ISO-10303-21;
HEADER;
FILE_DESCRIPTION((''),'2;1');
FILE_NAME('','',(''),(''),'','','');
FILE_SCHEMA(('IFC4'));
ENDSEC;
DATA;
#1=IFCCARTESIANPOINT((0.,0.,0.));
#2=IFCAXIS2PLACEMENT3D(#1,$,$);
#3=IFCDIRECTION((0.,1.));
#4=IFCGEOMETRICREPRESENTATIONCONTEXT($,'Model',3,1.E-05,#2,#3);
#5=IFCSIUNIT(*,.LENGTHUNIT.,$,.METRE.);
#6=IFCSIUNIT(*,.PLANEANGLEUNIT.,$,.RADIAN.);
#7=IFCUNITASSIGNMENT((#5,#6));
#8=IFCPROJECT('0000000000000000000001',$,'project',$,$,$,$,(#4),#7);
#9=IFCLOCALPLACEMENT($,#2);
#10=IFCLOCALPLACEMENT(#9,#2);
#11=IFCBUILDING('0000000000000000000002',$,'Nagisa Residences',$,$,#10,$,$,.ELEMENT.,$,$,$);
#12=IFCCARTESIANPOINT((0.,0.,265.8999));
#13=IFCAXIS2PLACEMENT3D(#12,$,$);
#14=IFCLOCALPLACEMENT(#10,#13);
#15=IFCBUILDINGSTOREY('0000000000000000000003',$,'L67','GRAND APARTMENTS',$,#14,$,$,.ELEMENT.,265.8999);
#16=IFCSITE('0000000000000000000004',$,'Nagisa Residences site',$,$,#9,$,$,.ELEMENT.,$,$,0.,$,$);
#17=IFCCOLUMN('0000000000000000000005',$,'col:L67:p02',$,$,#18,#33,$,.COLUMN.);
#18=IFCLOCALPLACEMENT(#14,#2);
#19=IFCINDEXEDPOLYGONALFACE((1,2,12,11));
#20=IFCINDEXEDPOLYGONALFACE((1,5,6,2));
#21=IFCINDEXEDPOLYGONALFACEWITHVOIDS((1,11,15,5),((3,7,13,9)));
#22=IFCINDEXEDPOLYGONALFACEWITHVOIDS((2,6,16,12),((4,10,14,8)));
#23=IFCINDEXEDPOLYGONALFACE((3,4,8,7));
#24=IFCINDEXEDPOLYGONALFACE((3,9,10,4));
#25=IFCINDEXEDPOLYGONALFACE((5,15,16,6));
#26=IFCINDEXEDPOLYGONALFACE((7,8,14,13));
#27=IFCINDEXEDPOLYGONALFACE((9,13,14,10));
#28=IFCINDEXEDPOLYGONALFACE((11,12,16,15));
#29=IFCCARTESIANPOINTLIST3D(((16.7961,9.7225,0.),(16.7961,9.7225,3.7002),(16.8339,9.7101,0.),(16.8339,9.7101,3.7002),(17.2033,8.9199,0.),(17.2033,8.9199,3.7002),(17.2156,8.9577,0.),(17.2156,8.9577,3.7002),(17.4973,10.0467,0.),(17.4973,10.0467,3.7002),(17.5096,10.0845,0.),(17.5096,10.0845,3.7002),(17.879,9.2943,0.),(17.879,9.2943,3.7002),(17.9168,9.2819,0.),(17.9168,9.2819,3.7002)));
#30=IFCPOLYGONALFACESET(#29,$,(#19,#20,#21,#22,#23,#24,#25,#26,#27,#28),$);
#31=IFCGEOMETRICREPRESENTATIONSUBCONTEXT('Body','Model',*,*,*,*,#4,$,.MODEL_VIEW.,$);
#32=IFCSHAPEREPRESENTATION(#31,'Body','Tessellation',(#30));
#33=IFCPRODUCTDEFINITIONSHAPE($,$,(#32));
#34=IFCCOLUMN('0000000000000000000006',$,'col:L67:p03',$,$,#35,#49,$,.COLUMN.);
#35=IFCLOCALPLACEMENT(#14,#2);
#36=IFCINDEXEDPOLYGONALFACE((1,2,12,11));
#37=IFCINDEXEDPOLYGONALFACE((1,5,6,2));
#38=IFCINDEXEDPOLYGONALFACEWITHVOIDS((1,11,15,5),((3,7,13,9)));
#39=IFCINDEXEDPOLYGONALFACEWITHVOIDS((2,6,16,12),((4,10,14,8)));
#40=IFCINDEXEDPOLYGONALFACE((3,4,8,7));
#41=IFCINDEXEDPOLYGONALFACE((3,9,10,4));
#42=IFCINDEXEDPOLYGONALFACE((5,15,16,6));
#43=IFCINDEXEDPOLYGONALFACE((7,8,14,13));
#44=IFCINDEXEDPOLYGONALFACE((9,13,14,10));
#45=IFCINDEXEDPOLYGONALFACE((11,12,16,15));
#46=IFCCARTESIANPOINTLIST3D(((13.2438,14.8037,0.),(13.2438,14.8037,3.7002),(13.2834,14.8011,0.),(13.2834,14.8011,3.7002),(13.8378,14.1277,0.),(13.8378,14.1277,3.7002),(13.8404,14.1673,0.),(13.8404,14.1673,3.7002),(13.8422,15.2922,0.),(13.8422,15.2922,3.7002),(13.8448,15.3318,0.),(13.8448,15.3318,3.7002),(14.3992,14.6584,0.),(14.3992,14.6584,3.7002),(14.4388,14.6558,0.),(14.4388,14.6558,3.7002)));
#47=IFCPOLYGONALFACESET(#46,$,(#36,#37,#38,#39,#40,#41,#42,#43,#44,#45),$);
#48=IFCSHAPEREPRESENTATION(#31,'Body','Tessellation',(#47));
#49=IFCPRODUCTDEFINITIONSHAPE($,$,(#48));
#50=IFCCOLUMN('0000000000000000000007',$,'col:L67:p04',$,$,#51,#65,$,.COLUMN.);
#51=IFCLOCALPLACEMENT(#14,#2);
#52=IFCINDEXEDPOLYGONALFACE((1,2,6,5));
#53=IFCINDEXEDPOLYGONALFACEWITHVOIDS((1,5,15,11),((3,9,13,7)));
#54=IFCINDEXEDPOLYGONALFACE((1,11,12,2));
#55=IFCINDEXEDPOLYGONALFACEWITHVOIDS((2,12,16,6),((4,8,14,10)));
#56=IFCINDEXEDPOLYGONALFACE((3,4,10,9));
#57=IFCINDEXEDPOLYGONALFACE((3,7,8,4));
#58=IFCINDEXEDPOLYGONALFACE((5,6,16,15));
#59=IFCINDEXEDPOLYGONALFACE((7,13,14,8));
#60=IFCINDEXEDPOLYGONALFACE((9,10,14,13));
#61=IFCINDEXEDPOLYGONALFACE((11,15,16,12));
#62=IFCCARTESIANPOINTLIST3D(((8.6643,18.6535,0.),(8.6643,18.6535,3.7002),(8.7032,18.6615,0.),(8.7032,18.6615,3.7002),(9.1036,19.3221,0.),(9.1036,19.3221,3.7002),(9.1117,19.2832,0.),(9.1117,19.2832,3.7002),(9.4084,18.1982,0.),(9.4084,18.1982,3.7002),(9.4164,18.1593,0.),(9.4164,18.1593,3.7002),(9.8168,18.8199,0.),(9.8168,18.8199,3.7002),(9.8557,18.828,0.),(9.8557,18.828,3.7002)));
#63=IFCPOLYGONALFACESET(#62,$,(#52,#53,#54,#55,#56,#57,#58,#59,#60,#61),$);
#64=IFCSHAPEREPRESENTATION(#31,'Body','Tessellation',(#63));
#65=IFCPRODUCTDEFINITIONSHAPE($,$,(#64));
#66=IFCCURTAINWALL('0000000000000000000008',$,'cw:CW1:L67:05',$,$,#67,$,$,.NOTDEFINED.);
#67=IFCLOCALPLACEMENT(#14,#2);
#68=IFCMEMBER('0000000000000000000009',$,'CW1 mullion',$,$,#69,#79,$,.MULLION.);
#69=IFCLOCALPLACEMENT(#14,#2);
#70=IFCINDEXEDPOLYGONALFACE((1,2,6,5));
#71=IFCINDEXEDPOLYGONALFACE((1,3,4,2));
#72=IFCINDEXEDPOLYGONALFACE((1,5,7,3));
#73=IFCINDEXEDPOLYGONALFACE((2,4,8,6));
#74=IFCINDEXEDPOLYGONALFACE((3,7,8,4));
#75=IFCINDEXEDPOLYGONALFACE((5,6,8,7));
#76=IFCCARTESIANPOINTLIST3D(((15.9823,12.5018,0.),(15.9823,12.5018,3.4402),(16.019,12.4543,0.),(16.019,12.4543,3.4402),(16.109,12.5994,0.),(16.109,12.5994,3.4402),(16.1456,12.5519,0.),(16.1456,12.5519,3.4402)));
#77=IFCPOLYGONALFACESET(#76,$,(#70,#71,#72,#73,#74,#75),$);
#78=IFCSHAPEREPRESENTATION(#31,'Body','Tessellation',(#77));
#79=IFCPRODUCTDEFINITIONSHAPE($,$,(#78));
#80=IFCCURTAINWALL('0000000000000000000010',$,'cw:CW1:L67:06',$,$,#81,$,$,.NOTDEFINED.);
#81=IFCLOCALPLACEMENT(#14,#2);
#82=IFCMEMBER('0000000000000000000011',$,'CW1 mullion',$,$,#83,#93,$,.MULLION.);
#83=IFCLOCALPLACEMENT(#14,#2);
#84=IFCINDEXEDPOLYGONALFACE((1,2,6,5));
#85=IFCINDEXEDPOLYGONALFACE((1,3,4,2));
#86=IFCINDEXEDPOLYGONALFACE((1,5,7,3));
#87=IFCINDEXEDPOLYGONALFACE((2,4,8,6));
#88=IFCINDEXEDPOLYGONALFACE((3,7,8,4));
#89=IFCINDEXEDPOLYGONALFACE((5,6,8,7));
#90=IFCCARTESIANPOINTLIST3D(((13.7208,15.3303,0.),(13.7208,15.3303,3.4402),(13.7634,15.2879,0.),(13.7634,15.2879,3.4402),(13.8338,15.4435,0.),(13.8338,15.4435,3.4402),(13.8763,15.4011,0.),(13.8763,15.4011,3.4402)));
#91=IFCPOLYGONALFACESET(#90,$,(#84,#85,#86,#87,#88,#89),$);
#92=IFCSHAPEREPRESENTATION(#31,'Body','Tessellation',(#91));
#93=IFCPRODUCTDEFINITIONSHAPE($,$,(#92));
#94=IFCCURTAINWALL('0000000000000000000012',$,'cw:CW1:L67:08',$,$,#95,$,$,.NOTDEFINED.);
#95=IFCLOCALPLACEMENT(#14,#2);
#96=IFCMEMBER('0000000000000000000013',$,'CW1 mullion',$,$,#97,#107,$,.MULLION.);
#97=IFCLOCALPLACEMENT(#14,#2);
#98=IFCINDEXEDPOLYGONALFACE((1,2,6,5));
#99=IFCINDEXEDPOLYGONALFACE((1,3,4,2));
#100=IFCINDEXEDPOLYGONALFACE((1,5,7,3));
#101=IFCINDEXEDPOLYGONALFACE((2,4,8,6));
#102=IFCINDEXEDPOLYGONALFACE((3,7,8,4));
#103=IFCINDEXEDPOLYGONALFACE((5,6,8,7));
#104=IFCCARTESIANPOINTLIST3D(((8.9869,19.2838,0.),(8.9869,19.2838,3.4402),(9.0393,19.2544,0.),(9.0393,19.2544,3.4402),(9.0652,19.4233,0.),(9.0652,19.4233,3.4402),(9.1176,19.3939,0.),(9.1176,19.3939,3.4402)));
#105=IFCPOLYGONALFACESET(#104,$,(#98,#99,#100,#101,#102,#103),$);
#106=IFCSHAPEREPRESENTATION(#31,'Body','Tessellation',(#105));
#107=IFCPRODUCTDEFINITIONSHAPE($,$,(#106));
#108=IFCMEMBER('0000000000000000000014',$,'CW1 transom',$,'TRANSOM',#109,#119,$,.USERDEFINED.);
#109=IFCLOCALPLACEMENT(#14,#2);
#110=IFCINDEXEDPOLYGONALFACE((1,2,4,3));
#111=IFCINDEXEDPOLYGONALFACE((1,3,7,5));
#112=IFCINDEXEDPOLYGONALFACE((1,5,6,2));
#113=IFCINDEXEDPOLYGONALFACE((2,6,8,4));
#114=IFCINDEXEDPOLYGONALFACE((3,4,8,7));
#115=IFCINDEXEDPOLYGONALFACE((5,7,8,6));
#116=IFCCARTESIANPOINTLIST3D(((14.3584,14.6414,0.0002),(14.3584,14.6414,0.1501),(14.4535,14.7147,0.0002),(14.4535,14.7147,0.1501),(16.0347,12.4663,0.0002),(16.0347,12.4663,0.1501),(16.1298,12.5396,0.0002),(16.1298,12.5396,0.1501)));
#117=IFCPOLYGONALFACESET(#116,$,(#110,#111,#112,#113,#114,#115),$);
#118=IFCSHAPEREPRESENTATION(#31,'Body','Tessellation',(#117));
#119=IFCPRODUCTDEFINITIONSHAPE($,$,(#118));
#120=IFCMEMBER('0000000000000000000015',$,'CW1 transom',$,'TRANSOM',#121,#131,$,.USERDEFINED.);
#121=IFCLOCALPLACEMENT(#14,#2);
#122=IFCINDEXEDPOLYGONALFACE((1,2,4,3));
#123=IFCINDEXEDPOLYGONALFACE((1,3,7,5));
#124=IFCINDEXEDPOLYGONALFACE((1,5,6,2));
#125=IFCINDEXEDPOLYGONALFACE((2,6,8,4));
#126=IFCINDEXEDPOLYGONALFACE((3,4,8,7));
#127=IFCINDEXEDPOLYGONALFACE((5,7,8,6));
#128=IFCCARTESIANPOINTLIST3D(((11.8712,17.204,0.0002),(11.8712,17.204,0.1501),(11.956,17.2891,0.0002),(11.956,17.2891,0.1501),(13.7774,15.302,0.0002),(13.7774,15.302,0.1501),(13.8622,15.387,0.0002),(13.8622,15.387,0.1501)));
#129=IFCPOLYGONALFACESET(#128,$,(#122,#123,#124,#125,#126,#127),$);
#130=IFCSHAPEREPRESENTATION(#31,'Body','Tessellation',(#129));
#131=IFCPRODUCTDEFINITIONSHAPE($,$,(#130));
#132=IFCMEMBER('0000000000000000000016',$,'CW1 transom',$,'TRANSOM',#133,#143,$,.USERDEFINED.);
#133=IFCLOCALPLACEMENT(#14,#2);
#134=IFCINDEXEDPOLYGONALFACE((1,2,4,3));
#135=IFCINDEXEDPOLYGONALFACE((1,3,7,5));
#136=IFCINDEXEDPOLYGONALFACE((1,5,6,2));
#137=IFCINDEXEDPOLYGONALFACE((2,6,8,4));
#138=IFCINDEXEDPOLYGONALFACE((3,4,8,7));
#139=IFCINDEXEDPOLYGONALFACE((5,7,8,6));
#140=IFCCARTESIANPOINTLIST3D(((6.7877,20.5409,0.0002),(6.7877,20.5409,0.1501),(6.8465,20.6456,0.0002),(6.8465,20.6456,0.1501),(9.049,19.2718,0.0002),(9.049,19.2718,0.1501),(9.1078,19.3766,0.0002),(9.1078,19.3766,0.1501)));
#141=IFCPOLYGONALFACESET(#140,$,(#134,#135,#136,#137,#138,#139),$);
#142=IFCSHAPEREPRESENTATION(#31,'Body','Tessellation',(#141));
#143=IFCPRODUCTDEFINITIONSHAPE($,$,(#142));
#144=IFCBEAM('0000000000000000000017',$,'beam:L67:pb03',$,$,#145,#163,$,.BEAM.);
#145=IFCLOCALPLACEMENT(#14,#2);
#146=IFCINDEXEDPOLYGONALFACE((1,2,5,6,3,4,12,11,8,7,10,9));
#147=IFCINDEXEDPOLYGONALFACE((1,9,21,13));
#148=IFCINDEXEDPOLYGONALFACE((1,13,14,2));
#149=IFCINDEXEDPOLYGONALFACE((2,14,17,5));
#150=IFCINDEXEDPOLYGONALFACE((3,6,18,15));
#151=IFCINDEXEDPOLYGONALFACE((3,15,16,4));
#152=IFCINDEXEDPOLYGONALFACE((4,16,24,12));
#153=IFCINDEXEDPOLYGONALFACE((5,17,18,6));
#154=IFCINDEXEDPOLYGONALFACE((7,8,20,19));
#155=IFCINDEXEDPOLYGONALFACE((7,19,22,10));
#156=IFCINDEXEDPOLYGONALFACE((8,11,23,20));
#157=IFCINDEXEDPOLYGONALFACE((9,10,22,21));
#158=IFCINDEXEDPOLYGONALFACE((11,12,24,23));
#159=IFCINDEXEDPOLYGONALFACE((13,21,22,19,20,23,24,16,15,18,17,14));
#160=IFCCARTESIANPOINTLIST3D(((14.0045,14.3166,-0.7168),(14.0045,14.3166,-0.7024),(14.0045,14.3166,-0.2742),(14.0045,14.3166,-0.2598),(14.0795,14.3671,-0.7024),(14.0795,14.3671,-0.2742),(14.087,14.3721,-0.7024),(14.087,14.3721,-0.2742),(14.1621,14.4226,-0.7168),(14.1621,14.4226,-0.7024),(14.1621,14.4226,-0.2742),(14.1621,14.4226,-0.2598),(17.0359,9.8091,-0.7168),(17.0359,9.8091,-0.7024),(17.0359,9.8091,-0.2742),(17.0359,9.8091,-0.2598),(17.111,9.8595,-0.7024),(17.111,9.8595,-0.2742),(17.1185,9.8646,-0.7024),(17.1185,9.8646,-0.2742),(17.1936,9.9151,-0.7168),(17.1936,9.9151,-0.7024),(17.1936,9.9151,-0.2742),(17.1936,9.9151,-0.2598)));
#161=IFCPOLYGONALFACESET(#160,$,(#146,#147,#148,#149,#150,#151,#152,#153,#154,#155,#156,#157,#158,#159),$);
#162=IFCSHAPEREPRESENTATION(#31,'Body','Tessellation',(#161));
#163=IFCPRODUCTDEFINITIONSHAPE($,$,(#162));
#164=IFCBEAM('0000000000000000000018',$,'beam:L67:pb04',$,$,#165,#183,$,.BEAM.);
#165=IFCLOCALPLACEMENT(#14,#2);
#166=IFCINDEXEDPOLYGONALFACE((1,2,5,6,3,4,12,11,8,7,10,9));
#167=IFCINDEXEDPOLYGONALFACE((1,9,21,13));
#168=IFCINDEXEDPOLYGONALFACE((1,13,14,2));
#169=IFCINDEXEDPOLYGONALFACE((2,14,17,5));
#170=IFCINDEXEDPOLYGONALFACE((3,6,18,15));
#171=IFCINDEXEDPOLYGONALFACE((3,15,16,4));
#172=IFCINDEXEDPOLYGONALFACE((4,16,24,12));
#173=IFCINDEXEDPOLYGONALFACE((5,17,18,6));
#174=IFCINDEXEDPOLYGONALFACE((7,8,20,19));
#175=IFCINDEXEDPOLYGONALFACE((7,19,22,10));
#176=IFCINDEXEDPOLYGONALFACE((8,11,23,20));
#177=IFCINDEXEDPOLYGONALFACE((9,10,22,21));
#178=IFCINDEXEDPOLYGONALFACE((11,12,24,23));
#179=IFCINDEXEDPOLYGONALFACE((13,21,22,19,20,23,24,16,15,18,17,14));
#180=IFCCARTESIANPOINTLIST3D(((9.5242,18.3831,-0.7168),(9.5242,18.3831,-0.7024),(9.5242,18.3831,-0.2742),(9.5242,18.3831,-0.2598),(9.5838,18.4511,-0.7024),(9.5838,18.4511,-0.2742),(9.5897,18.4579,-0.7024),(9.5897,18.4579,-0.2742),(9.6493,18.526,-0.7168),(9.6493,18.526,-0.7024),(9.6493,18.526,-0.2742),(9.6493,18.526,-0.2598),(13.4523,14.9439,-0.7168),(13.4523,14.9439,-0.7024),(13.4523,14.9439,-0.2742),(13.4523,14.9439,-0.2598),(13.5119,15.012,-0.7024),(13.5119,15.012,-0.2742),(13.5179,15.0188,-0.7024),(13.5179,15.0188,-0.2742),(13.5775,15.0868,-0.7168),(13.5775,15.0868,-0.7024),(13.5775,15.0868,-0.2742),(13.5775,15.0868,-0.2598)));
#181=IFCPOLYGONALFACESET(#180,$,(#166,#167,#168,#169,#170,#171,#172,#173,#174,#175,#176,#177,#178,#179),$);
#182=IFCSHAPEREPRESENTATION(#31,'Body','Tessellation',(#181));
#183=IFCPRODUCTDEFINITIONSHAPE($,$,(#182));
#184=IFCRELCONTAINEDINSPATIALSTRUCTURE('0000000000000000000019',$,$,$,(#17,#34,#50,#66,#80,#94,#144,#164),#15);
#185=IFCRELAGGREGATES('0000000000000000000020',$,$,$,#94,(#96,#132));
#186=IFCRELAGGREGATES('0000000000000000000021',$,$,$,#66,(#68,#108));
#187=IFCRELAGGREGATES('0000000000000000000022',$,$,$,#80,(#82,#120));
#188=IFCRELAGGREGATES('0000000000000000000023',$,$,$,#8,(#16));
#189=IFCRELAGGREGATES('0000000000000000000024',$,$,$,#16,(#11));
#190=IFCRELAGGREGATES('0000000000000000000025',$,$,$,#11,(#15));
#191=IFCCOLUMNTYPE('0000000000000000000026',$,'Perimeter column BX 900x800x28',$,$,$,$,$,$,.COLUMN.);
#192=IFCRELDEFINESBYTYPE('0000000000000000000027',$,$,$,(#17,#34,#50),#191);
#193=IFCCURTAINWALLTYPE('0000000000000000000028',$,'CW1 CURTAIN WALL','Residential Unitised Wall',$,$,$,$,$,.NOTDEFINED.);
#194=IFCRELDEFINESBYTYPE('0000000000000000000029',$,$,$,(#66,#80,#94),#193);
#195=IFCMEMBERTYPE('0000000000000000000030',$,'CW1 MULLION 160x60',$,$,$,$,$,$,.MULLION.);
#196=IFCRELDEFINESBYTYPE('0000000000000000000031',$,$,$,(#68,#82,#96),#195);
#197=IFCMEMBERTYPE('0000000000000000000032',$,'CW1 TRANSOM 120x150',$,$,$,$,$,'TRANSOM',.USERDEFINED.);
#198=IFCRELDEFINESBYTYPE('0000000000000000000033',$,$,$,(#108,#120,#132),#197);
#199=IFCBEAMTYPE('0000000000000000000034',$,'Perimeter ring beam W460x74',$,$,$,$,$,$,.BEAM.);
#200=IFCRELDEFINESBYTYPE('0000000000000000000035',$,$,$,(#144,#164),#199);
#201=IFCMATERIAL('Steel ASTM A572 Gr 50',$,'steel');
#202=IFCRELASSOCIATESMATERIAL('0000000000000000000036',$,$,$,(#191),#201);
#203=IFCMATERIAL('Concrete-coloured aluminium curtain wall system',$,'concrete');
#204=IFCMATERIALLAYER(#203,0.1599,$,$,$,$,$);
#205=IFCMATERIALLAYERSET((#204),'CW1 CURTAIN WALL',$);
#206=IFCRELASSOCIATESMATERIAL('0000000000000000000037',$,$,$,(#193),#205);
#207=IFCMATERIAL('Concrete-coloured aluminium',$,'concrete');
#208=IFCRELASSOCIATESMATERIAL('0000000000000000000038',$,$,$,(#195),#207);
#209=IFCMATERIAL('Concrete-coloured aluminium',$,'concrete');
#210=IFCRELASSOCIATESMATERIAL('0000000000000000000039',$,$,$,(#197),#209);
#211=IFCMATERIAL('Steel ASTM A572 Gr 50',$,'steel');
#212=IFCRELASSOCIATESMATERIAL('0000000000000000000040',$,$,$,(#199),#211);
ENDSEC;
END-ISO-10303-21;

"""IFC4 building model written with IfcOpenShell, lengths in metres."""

from ifc_helpers import new_model, si_unit, direction, frame, origin, origin_2d, place, context, subcontext, project, spatial, rectangle, hollow_rectangle, i_section, extrude, material, layer, layer_set, material_profile, profile_set, type_object, element, aggregate, save


model = new_model("IFC4")

# Units and contexts
model_context = context("Model", 3, precision=1e-05, world=origin(), true_north=direction((0.0, 1.0)))
body_context = subcontext(model_context, "Body", "Model", "MODEL_VIEW")
ifc_project = project(units=[si_unit("LENGTHUNIT", "METRE"), si_unit("PLANEANGLEUNIT", "RADIAN")], contexts=[model_context])

# Site, building, storey
site_placement = place(None, origin())
site = spatial("IfcSite", under=ifc_project, at=site_placement, Name="Nagisa Residences site", CompositionType="ELEMENT", RefElevation=0.0)
building_placement = place(site_placement, origin())
building = spatial("IfcBuilding", under=site, at=building_placement, Name="Nagisa Residences", CompositionType="ELEMENT")
storey_placement = place(building_placement, frame((0.0, 0.0, 265.8999)))
storey = spatial("IfcBuildingStorey", under=building, at=storey_placement, Name="L67", Description="GRAND APARTMENTS", CompositionType="ELEMENT", Elevation=265.8999)

# Columns
ifc_material_1 = material(Name="Steel ASTM A572 Gr 50", Category="steel")
ifc_material_profile_1 = material_profile(ifc_material_1, hollow_rectangle(XDim=0.8999, YDim=0.8, WallThickness=0.0281, at=origin_2d()), Name="BX 900x800x28")
ifc_profile_set_1 = profile_set([ifc_material_profile_1], Name="Steel ASTM A572 Gr 50")
column_type = type_object("IfcColumnType", Name="Perimeter column BX 900x800x28", PredefinedType="COLUMN", material=ifc_profile_set_1)
for number, where, z_axis, x_axis, name in (
    (1, (17.3564, 9.5022, 0.0), (0.0, 0.0, 1.0), (-0.452463, 0.891783, 0.0), "col:L67:p02"),
    (2, (13.8413, 14.7297, 0.0), (0.0, 0.0, 1.0), (-0.660115, 0.751165, 0.0), "col:L67:p03"),
    (3, (9.26, 18.7407, 0.0), (0.0, 0.0, 1.0), (-0.835766, 0.549086, 0.0), "col:L67:p04"),
):
    element("IfcColumn", number, at=place(storey_placement, frame(where, z_axis=z_axis, x_axis=x_axis)), inside=storey, type_object=column_type, Name=name, PredefinedType="COLUMN", context=body_context, shape_type="SweptSolid", body=[
        extrude(hollow_rectangle(XDim=0.8999, YDim=0.8, WallThickness=0.0281, at=origin_2d()), origin(), (0.0, 0.0, 1.0), 3.7002),
    ])

# Curtain walls, members
ifc_material_2 = material(Name="Concrete-coloured aluminium curtain wall system", Category="concrete")
ifc_layer_1 = layer(ifc_material_2, 0.1599)
ifc_layer_set_1 = layer_set([ifc_layer_1], Name="CW1 CURTAIN WALL")
curtain_wall_type = type_object("IfcCurtainWallType", Name="CW1 CURTAIN WALL", Description="Residential Unitised Wall", PredefinedType="NOTDEFINED", material=ifc_layer_set_1)
curtain_wall_1_placement = place(storey_placement, origin())
curtain_wall_1 = element("IfcCurtainWall", 4, at=curtain_wall_1_placement, inside=storey, type_object=curtain_wall_type, Name="cw:CW1:L67:05", PredefinedType="NOTDEFINED")
ifc_material_3 = material(Name="Concrete-coloured aluminium", Category="concrete")
ifc_material_profile_2 = material_profile(ifc_material_3, rectangle(XDim=0.1599, YDim=0.0601, at=origin_2d()), Name="CW1 MULLION 160x60")
ifc_profile_set_2 = profile_set([ifc_material_profile_2], Name="Concrete-coloured aluminium")
member_type_1 = type_object("IfcMemberType", Name="CW1 MULLION 160x60", PredefinedType="MULLION", material=ifc_profile_set_2)
member_1_placement = place(storey_placement, frame((16.064, 12.5269, 0.0), z_axis=(0.0, 0.0, 1.0), x_axis=(-0.79207, -0.61043, 0.0)))
member_1 = element("IfcMember", 5, at=member_1_placement, type_object=member_type_1, Name="CW1 mullion", PredefinedType="MULLION", context=body_context, shape_type="SweptSolid", body=[
    extrude(rectangle(XDim=0.1599, YDim=0.0601, at=origin_2d()), origin(), (0.0, 0.0, 1.0), 3.4402),
])
curtain_wall_2_placement = place(storey_placement, origin())
curtain_wall_2 = element("IfcCurtainWall", 6, at=curtain_wall_2_placement, inside=storey, type_object=curtain_wall_type, Name="cw:CW1:L67:06", PredefinedType="NOTDEFINED")
member_2_placement = place(storey_placement, frame((13.7986, 15.3657, 0.0), z_axis=(0.0, 0.0, 1.0), x_axis=(-0.706377, -0.707836, 0.0)))
member_2 = element("IfcMember", 7, at=member_2_placement, type_object=member_type_1, Name="CW1 mullion", PredefinedType="MULLION", context=body_context, shape_type="SweptSolid", body=[
    extrude(rectangle(XDim=0.1599, YDim=0.0601, at=origin_2d()), origin(), (0.0, 0.0, 1.0), 3.4402),
])
curtain_wall_3_placement = place(storey_placement, origin())
curtain_wall_3 = element("IfcCurtainWall", 8, at=curtain_wall_3_placement, inside=storey, type_object=curtain_wall_type, Name="cw:CW1:L67:08", PredefinedType="NOTDEFINED")
member_3_placement = place(storey_placement, frame((9.0522, 19.3389, 0.0), z_axis=(0.0, 0.0, 1.0), x_axis=(-0.489377, -0.872072, 0.0)))
member_3 = element("IfcMember", 9, at=member_3_placement, type_object=member_type_1, Name="CW1 mullion", PredefinedType="MULLION", context=body_context, shape_type="SweptSolid", body=[
    extrude(rectangle(XDim=0.1599, YDim=0.0601, at=origin_2d()), origin(), (0.0, 0.0, 1.0), 3.4402),
])

# Members
ifc_material_4 = material(Name="Concrete-coloured aluminium", Category="concrete")
ifc_material_profile_3 = material_profile(ifc_material_4, rectangle(XDim=0.1201, YDim=0.1499, at=origin_2d()), Name="CW1 TRANSOM 120x150")
ifc_profile_set_3 = profile_set([ifc_material_profile_3], Name="Concrete-coloured aluminium")
member_type_2 = type_object("IfcMemberType", Name="CW1 TRANSOM 120x150", ElementType="TRANSOM", PredefinedType="USERDEFINED", material=ifc_profile_set_3)
member_4_placement = place(storey_placement, frame((16.0823, 12.5029, 0.0752), z_axis=(-0.610432, 0.792068, 0.0), x_axis=(-0.792068, -0.610432, 0.0)))
member_4 = element("IfcMember", 10, at=member_4_placement, type_object=member_type_2, Name="CW1 transom", ObjectType="TRANSOM", PredefinedType="USERDEFINED", context=body_context, shape_type="SweptSolid", body=[
    extrude(rectangle(XDim=0.1201, YDim=0.1499, at=origin_2d()), origin(), (0.0, 0.0, 1.0), 2.7461),
])
member_5_placement = place(storey_placement, frame((13.8198, 15.3445, 0.0752), z_axis=(-0.707877, 0.706336, 0.0), x_axis=(-0.706336, -0.707877, 0.0)))
member_5 = element("IfcMember", 11, at=member_5_placement, type_object=member_type_2, Name="CW1 transom", ObjectType="TRANSOM", PredefinedType="USERDEFINED", context=body_context, shape_type="SweptSolid", body=[
    extrude(rectangle(XDim=0.1201, YDim=0.1499, at=origin_2d()), origin(), (0.0, 0.0, 1.0), 2.6929),
])
member_6_placement = place(storey_placement, frame((9.0784, 19.3242, 0.0752), z_axis=(-0.872053, 0.489412, 0.0), x_axis=(-0.489412, -0.872053, 0.0)))
member_6 = element("IfcMember", 12, at=member_6_placement, type_object=member_type_2, Name="CW1 transom", ObjectType="TRANSOM", PredefinedType="USERDEFINED", context=body_context, shape_type="SweptSolid", body=[
    extrude(rectangle(XDim=0.1201, YDim=0.1499, at=origin_2d()), origin(), (0.0, 0.0, 1.0), 2.593),
])
aggregate(curtain_wall_3, [member_3, member_6])

# Beams
ifc_material_5 = material(Name="Steel ASTM A572 Gr 50", Category="steel")
ifc_material_profile_4 = material_profile(ifc_material_5, i_section(OverallWidth=0.1899, OverallDepth=0.457, WebThickness=0.009, FlangeThickness=0.0144, at=origin_2d()), Name="W460x74")
ifc_profile_set_4 = profile_set([ifc_material_profile_4], Name="Steel ASTM A572 Gr 50")
beam_type_1 = type_object("IfcBeamType", Name="Perimeter ring beam W460x74", PredefinedType="BEAM", material=ifc_profile_set_4)
beam_1_placement = place(storey_placement, frame((17.1147, 9.8621, -0.4883), z_axis=(-0.558066, 0.829796, 0.0), x_axis=(-0.829796, -0.558066, 0.0)))
element("IfcBeam", 13, at=beam_1_placement, inside=storey, type_object=beam_type_1, Name="beam:L67:pb03", PredefinedType="BEAM", context=body_context, shape_type="SweptSolid", body=[
    extrude(i_section(OverallWidth=0.1899, OverallDepth=0.457, WebThickness=0.009, FlangeThickness=0.0144, at=origin_2d()), origin(), (0.0, 0.0, 1.0), 5.4321),
])
beam_2_placement = place(storey_placement, frame((13.5149, 15.0154, -0.4883), z_axis=(-0.752385, 0.658723, 0.0), x_axis=(-0.658723, -0.752385, 0.0)))
element("IfcBeam", 14, at=beam_2_placement, inside=storey, type_object=beam_type_1, Name="beam:L67:pb04", PredefinedType="BEAM", context=body_context, shape_type="SweptSolid", body=[
    extrude(i_section(OverallWidth=0.1899, OverallDepth=0.457, WebThickness=0.009, FlangeThickness=0.0144, at=origin_2d()), origin(), (0.0, 0.0, 1.0), 5.2209),
])

aggregate(curtain_wall_1, [member_1, member_4])
aggregate(curtain_wall_2, [member_2, member_5])

save(model, "model.ifc")
